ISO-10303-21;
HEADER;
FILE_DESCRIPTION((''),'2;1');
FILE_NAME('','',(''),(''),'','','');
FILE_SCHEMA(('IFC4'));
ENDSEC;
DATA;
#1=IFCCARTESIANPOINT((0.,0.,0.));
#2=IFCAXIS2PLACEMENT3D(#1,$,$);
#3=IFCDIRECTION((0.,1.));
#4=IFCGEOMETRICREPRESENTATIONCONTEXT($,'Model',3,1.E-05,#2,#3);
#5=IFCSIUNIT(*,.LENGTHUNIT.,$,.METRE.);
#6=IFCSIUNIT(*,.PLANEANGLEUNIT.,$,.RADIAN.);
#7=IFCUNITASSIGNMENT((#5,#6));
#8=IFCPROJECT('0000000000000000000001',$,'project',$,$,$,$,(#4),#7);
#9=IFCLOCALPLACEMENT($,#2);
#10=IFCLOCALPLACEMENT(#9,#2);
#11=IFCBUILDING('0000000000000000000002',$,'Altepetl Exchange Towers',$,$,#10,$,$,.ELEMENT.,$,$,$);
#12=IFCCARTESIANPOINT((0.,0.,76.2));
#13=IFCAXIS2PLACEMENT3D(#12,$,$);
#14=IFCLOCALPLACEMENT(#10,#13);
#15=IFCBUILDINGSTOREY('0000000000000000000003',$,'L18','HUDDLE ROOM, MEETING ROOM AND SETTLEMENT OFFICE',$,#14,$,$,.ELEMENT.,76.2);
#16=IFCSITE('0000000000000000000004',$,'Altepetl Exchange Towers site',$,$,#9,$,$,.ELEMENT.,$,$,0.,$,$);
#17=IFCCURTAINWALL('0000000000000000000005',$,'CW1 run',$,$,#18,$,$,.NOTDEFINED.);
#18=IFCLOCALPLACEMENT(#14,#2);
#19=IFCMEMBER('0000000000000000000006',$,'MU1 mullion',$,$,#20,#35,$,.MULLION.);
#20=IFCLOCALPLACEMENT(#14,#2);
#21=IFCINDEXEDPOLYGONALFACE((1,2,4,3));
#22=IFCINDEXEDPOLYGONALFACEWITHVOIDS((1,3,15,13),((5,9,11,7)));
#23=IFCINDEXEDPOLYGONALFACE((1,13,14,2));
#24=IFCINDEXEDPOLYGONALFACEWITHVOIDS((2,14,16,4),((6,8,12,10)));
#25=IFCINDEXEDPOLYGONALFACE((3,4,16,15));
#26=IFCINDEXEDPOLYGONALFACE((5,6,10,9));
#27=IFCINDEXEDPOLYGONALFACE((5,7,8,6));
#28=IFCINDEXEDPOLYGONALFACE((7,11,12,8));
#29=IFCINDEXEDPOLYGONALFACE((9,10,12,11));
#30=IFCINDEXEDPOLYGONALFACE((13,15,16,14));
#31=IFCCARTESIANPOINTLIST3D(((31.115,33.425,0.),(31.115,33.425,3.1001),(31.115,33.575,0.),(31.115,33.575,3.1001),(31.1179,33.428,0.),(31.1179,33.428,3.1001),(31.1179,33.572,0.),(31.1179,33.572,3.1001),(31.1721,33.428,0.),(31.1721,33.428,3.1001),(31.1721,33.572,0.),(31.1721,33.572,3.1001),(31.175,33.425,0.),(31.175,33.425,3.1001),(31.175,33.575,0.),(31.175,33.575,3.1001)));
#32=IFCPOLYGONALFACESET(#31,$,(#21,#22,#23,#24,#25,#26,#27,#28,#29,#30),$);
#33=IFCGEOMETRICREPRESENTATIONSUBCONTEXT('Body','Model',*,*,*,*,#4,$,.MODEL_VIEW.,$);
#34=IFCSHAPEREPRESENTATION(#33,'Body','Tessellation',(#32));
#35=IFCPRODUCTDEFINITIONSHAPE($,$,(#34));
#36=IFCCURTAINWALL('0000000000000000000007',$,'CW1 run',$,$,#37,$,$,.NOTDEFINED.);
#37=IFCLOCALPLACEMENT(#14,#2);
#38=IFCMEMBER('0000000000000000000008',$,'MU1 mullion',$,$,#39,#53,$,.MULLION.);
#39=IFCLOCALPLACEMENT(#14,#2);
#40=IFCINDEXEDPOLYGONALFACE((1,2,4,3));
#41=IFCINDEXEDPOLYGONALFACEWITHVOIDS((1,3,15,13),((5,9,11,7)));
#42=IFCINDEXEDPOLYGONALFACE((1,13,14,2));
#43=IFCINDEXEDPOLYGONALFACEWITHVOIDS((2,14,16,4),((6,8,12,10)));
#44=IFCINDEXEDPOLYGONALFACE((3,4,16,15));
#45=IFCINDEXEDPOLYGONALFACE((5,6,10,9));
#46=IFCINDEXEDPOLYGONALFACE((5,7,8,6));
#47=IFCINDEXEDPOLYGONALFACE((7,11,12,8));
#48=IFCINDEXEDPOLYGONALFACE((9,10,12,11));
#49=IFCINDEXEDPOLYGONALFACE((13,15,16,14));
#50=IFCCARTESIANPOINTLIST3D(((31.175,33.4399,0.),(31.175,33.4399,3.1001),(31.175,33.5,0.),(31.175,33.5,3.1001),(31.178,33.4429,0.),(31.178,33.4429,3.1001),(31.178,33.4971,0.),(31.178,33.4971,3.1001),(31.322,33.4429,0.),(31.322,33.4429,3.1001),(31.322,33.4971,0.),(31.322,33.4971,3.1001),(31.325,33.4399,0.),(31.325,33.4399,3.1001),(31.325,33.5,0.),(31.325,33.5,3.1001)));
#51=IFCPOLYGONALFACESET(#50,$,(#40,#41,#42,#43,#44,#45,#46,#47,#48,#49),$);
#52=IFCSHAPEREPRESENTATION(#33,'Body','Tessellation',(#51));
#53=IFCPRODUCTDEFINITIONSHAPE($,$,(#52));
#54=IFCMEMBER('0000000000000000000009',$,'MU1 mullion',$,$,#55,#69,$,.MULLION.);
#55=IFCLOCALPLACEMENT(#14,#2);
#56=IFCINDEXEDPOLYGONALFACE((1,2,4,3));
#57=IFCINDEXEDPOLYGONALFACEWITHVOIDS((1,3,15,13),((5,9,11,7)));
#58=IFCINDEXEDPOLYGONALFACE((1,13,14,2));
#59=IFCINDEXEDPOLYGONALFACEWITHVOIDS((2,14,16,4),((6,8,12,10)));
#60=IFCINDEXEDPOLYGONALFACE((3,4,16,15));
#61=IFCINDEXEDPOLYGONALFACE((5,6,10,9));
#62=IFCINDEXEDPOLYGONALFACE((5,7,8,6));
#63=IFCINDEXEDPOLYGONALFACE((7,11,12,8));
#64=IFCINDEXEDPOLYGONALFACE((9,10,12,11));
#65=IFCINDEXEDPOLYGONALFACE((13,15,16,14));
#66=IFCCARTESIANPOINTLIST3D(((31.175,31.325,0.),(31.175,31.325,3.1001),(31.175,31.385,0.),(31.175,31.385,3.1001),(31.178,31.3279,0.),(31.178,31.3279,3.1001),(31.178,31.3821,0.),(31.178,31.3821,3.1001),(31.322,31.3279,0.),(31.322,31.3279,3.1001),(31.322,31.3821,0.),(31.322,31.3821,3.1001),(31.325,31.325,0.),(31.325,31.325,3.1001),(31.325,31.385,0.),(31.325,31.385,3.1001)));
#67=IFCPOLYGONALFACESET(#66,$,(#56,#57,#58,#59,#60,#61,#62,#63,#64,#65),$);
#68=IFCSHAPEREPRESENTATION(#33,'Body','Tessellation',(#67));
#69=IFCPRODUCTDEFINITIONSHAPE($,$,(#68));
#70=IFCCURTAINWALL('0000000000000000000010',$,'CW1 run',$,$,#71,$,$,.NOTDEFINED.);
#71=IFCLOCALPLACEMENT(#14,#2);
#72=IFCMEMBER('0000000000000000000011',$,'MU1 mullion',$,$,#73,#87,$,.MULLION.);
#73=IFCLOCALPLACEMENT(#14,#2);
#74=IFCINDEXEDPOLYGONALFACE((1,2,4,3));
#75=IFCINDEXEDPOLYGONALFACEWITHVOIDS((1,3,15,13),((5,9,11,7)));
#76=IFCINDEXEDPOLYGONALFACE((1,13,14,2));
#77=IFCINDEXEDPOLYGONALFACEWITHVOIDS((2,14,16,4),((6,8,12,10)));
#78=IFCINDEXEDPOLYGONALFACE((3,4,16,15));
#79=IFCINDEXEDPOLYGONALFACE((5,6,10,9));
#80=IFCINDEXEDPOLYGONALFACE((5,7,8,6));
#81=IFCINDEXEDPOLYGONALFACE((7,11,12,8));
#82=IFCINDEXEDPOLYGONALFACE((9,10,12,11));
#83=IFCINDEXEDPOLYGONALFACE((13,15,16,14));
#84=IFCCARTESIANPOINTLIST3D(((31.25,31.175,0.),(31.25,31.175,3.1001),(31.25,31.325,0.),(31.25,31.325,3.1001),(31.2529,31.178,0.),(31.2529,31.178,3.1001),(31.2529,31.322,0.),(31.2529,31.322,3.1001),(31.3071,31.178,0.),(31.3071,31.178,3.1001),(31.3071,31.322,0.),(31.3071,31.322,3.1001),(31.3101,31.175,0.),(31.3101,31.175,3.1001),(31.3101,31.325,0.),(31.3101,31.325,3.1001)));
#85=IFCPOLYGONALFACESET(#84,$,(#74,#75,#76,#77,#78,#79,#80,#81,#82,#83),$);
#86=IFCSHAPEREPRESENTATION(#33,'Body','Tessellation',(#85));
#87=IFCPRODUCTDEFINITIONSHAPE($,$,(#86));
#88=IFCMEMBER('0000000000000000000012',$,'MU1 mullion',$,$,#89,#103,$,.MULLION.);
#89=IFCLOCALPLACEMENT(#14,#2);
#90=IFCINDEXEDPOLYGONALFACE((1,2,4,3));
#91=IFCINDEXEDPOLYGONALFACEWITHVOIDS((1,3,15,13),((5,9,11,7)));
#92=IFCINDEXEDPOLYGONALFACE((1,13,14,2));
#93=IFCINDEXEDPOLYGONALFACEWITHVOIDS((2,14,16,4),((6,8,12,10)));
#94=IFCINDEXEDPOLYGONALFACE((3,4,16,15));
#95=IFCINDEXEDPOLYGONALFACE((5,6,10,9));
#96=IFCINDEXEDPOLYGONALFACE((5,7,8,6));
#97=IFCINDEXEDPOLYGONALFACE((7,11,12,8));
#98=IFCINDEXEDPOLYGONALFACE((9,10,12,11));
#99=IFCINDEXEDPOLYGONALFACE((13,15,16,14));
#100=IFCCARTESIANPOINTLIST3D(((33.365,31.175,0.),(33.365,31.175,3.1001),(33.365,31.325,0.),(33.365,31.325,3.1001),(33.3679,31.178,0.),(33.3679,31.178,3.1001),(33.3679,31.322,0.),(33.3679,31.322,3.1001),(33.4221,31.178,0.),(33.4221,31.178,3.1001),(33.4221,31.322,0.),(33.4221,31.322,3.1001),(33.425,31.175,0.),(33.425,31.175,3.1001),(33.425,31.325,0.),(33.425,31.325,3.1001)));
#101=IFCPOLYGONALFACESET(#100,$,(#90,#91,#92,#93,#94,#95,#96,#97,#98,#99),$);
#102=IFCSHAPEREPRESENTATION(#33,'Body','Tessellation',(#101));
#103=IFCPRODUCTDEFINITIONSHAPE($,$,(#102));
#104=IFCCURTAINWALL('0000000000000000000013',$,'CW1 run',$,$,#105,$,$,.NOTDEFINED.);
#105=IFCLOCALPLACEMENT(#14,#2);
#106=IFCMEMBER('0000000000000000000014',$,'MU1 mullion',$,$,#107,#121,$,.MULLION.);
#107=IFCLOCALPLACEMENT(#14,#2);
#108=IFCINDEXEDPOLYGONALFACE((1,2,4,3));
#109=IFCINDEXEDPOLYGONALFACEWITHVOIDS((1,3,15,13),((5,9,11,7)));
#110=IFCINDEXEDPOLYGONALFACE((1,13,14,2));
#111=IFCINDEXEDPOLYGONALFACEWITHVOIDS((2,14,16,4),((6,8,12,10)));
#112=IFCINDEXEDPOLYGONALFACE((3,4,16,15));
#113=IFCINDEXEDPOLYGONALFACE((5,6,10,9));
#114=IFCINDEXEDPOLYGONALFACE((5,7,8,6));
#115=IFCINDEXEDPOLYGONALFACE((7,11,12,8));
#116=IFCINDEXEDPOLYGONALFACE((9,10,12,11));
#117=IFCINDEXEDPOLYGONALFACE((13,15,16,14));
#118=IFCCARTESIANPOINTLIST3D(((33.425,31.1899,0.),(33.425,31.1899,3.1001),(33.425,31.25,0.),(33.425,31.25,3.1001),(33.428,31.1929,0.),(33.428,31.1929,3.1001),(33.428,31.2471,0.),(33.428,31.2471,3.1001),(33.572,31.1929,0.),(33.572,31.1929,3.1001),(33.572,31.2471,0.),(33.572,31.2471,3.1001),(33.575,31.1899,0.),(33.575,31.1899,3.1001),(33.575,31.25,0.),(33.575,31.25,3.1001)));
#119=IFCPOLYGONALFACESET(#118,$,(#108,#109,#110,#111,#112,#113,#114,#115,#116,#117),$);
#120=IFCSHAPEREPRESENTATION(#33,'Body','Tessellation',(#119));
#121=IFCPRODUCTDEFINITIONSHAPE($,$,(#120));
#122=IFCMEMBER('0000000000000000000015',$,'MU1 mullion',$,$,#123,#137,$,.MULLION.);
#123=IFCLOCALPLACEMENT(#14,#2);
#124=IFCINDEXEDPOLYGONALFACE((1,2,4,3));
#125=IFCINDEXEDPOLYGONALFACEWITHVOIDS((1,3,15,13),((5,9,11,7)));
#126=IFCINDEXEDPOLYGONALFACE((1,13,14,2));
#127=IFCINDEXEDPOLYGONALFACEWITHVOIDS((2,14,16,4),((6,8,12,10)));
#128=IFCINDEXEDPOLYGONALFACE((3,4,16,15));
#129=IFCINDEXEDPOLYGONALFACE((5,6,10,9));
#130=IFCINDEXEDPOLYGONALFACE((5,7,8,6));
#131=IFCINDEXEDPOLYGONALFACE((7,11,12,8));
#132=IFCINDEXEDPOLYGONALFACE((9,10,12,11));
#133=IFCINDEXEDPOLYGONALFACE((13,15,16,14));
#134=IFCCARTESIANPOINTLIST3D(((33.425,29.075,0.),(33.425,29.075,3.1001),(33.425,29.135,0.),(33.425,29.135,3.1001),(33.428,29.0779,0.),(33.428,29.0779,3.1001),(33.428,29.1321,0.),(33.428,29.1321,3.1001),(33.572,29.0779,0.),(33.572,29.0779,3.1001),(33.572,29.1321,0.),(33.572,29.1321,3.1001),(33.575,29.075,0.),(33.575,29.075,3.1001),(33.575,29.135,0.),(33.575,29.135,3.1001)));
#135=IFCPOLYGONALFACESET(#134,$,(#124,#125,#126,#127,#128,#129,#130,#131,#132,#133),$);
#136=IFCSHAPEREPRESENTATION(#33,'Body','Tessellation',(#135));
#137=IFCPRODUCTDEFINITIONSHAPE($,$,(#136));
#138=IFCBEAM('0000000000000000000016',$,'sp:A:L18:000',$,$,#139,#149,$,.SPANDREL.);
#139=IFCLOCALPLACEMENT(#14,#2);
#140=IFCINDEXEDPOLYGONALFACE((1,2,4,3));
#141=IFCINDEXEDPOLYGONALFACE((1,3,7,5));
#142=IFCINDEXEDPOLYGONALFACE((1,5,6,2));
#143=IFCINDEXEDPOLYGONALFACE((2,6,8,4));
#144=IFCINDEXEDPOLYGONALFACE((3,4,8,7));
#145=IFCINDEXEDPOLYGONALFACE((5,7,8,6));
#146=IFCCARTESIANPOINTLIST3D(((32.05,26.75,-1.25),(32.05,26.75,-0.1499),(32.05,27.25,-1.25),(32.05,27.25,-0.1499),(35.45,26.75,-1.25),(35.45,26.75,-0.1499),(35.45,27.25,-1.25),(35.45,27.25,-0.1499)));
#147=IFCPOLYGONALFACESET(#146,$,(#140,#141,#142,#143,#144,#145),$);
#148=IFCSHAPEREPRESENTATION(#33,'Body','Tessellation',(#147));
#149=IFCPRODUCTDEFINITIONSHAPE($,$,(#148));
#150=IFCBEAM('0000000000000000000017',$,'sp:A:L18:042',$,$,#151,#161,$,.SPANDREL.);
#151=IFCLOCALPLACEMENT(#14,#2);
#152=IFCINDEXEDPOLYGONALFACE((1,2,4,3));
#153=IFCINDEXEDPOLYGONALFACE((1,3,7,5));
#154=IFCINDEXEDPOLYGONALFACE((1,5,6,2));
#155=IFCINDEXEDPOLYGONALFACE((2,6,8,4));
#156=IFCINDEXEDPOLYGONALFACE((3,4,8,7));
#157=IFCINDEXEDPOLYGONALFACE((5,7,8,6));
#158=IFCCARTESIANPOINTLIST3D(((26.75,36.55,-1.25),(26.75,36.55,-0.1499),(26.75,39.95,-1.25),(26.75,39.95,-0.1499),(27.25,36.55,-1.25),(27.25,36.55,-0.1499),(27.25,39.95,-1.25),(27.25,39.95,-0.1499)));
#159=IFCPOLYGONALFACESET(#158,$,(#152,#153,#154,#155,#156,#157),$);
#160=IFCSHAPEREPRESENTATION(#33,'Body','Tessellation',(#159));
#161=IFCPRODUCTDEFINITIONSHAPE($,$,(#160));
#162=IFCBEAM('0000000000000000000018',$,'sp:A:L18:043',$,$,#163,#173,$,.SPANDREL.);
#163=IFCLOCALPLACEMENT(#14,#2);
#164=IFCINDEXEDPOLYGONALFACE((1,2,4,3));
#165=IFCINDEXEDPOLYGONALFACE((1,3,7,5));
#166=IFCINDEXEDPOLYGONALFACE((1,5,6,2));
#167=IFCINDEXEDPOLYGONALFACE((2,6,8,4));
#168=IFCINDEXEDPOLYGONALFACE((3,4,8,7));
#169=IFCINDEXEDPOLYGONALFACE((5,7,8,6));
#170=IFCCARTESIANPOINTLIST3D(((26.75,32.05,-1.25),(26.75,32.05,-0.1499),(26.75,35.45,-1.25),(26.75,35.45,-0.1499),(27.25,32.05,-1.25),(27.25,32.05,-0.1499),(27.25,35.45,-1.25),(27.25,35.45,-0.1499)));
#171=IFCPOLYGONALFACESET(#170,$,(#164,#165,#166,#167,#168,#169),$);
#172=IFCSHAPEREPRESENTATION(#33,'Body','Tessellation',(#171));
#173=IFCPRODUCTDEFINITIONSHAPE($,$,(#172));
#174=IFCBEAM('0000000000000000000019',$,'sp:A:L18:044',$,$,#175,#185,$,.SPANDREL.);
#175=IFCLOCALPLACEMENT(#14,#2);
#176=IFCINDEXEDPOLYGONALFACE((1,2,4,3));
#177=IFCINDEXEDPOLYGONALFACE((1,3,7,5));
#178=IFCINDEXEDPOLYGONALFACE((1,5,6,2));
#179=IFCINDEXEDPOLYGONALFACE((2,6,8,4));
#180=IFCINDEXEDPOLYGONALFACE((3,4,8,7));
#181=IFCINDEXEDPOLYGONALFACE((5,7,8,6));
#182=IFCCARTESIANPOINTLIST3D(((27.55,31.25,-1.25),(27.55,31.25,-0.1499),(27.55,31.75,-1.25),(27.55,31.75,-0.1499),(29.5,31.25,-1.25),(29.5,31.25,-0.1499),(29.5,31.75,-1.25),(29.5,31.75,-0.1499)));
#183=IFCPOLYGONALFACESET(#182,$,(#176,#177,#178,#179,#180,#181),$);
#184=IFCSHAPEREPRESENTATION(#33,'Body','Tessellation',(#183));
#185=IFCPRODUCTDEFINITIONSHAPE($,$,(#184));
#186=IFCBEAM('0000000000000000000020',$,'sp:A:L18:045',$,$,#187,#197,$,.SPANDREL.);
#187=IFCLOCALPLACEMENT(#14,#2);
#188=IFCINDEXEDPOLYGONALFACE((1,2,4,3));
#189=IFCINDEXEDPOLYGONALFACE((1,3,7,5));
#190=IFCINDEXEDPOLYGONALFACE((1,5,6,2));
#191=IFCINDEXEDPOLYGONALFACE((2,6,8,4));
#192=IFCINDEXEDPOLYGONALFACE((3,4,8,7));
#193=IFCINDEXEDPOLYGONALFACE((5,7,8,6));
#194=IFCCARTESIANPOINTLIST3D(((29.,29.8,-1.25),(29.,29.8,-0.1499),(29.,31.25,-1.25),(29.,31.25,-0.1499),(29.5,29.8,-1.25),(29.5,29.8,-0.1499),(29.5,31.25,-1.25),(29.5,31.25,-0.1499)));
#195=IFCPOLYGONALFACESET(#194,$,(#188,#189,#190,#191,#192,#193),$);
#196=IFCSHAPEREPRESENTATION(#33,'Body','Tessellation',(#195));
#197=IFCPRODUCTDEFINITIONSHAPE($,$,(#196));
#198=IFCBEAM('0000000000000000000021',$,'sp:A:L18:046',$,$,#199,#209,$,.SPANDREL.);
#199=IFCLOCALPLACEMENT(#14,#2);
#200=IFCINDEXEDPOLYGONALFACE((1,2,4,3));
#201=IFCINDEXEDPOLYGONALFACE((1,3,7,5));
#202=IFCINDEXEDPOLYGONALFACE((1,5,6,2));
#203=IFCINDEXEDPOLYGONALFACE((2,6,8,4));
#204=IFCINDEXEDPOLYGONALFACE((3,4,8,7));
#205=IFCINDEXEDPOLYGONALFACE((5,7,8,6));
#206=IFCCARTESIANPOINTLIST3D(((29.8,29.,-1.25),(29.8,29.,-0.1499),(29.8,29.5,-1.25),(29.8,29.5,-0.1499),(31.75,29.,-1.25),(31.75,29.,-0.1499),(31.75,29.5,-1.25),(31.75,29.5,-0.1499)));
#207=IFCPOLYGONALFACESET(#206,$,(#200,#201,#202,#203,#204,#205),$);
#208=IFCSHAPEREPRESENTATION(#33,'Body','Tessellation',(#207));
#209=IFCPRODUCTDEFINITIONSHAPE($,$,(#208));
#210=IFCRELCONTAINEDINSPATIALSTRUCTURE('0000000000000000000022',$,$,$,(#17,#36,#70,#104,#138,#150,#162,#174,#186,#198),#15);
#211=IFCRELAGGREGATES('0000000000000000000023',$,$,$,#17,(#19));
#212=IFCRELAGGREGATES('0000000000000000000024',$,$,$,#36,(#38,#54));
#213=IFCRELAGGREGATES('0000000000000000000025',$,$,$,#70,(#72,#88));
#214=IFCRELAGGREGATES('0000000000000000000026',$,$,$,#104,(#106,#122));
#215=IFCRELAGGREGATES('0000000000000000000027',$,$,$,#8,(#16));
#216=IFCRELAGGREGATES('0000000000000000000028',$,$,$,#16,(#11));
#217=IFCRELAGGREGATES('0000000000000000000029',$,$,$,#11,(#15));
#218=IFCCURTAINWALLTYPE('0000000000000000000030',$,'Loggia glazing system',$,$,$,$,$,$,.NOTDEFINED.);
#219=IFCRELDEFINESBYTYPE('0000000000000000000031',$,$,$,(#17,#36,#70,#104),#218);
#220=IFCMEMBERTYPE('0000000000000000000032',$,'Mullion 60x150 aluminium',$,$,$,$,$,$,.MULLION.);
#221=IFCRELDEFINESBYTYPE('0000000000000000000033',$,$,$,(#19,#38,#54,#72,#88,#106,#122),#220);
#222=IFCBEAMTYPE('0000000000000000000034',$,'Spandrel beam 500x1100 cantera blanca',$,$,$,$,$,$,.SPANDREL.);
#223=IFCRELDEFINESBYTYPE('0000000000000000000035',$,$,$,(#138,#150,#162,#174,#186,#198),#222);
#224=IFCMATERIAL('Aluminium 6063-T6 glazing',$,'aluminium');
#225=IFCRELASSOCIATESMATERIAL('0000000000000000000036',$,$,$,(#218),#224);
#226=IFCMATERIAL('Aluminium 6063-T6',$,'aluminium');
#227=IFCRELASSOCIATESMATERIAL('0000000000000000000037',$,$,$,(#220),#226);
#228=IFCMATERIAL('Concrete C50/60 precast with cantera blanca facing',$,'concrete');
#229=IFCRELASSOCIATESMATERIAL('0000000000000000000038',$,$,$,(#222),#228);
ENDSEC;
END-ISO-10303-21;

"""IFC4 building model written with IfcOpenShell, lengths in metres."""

from ifc_helpers import new_model, si_unit, direction, frame, origin, origin_2d, place, context, subcontext, project, spatial, rectangle, hollow_rectangle, extrude, material, material_profile, profile_set, type_object, element, aggregate, save


model = new_model("IFC4")

# Units and contexts
model_context = context("Model", 3, precision=1e-05, world=origin(), true_north=direction((0.0, 1.0)))
body_context = subcontext(model_context, "Body", "Model", "MODEL_VIEW")
ifc_project = project(units=[si_unit("LENGTHUNIT", "METRE"), si_unit("PLANEANGLEUNIT", "RADIAN")], contexts=[model_context])

# Site, building, storey
site_placement = place(None, origin())
site = spatial("IfcSite", under=ifc_project, at=site_placement, Name="Altepetl Exchange Towers site", CompositionType="ELEMENT", RefElevation=0.0)
building_placement = place(site_placement, origin())
building = spatial("IfcBuilding", under=site, at=building_placement, Name="Altepetl Exchange Towers", CompositionType="ELEMENT")
storey_placement = place(building_placement, frame((0.0, 0.0, 76.2)))
storey = spatial("IfcBuildingStorey", under=building, at=storey_placement, Name="L18", Description="HUDDLE ROOM, MEETING ROOM AND SETTLEMENT OFFICE", CompositionType="ELEMENT", Elevation=76.2)

# Curtain walls, members
ifc_material_1 = material(Name="Aluminium 6063-T6 glazing", Category="aluminium")
curtain_wall_type = type_object("IfcCurtainWallType", Name="Loggia glazing system", PredefinedType="NOTDEFINED", material=ifc_material_1)
ifc_material_2 = material(Name="Aluminium 6063-T6", Category="aluminium")
ifc_material_profile_1 = material_profile(ifc_material_2, hollow_rectangle(XDim=0.0601, YDim=0.1499, WallThickness=0.0029, at=origin_2d()), Name="Mullion 60x150 aluminium")
ifc_profile_set_1 = profile_set([ifc_material_profile_1], Name="Aluminium 6063-T6")
member_type = type_object("IfcMemberType", Name="Mullion 60x150 aluminium", PredefinedType="MULLION", material=ifc_profile_set_1)
curtain_wall_1_placement = place(storey_placement, origin())
curtain_wall_1 = element("IfcCurtainWall", 1, at=curtain_wall_1_placement, inside=storey, type_object=curtain_wall_type, Name="CW1 run", PredefinedType="NOTDEFINED")
member_1_placement = place(storey_placement, frame((31.145, 33.5, 0.0)))
member_1 = element("IfcMember", 2, at=member_1_placement, type_object=member_type, Name="MU1 mullion", PredefinedType="MULLION", context=body_context, shape_type="SweptSolid", body=[
    extrude(hollow_rectangle(XDim=0.0601, YDim=0.1499, WallThickness=0.0029, at=origin_2d()), origin(), (0.0, 0.0, 1.0), 3.1001),
])
curtain_wall_2_placement = place(storey_placement, origin())
curtain_wall_2 = element("IfcCurtainWall", 3, at=curtain_wall_2_placement, inside=storey, type_object=curtain_wall_type, Name="CW1 run", PredefinedType="NOTDEFINED")
member_2_placement = place(storey_placement, frame((31.25, 33.47, 0.0), z_axis=(0.0, 0.0, 1.0), x_axis=(0.0, -1.0, 0.0)))
member_2 = element("IfcMember", 4, at=member_2_placement, type_object=member_type, Name="MU1 mullion", PredefinedType="MULLION", context=body_context, shape_type="SweptSolid", body=[
    extrude(hollow_rectangle(XDim=0.0601, YDim=0.1499, WallThickness=0.0029, at=origin_2d()), origin(), (0.0, 0.0, 1.0), 3.1001),
])
member_3_placement = place(storey_placement, frame((31.25, 31.355, 0.0), z_axis=(0.0, 0.0, 1.0), x_axis=(0.0, -1.0, 0.0)))
member_3 = element("IfcMember", 5, at=member_3_placement, type_object=member_type, Name="MU1 mullion", PredefinedType="MULLION", context=body_context, shape_type="SweptSolid", body=[
    extrude(hollow_rectangle(XDim=0.0601, YDim=0.1499, WallThickness=0.0029, at=origin_2d()), origin(), (0.0, 0.0, 1.0), 3.1001),
])
curtain_wall_3_placement = place(storey_placement, origin())
curtain_wall_3 = element("IfcCurtainWall", 6, at=curtain_wall_3_placement, inside=storey, type_object=curtain_wall_type, Name="CW1 run", PredefinedType="NOTDEFINED")
member_4_placement = place(storey_placement, frame((31.28, 31.25, 0.0)))
member_4 = element("IfcMember", 7, at=member_4_placement, type_object=member_type, Name="MU1 mullion", PredefinedType="MULLION", context=body_context, shape_type="SweptSolid", body=[
    extrude(hollow_rectangle(XDim=0.0601, YDim=0.1499, WallThickness=0.0029, at=origin_2d()), origin(), (0.0, 0.0, 1.0), 3.1001),
])
member_5_placement = place(storey_placement, frame((33.395, 31.25, 0.0)))
member_5 = element("IfcMember", 8, at=member_5_placement, type_object=member_type, Name="MU1 mullion", PredefinedType="MULLION", context=body_context, shape_type="SweptSolid", body=[
    extrude(hollow_rectangle(XDim=0.0601, YDim=0.1499, WallThickness=0.0029, at=origin_2d()), origin(), (0.0, 0.0, 1.0), 3.1001),
])
curtain_wall_4_placement = place(storey_placement, origin())
curtain_wall_4 = element("IfcCurtainWall", 9, at=curtain_wall_4_placement, inside=storey, type_object=curtain_wall_type, Name="CW1 run", PredefinedType="NOTDEFINED")
member_6_placement = place(storey_placement, frame((33.5, 31.22, 0.0), z_axis=(0.0, 0.0, 1.0), x_axis=(0.0, -1.0, 0.0)))
member_6 = element("IfcMember", 10, at=member_6_placement, type_object=member_type, Name="MU1 mullion", PredefinedType="MULLION", context=body_context, shape_type="SweptSolid", body=[
    extrude(hollow_rectangle(XDim=0.0601, YDim=0.1499, WallThickness=0.0029, at=origin_2d()), origin(), (0.0, 0.0, 1.0), 3.1001),
])
member_7_placement = place(storey_placement, frame((33.5, 29.105, 0.0), z_axis=(0.0, 0.0, 1.0), x_axis=(0.0, -1.0, 0.0)))
member_7 = element("IfcMember", 11, at=member_7_placement, type_object=member_type, Name="MU1 mullion", PredefinedType="MULLION", context=body_context, shape_type="SweptSolid", body=[
    extrude(hollow_rectangle(XDim=0.0601, YDim=0.1499, WallThickness=0.0029, at=origin_2d()), origin(), (0.0, 0.0, 1.0), 3.1001),
])

# Beams
ifc_material_3 = material(Name="Concrete C50/60 precast with cantera blanca facing", Category="concrete")
ifc_material_profile_2 = material_profile(ifc_material_3, rectangle(XDim=0.5, YDim=1.1001, at=origin_2d()), Name="500 x 1100")
ifc_profile_set_2 = profile_set([ifc_material_profile_2], Name="Concrete C50/60 precast with cantera blanca facing")
beam_type_1 = type_object("IfcBeamType", Name="Spandrel beam 500x1100 cantera blanca", PredefinedType="SPANDREL", material=ifc_profile_set_2)
for number, where, z_axis, x_axis, name in (
    (12, (32.05, 27.0, -0.7), (1.0, 0.0, 0.0), (0.0, 1.0, 0.0), "sp:A:L18:000"),
    (13, (27.0, 39.95, -0.7), (0.0, -1.0, 0.0), (1.0, 0.0, 0.0), "sp:A:L18:042"),
    (14, (27.0, 35.45, -0.7), (0.0, -1.0, 0.0), (1.0, 0.0, 0.0), "sp:A:L18:043"),
):
    element("IfcBeam", number, at=place(storey_placement, frame(where, z_axis=z_axis, x_axis=x_axis)), inside=storey, type_object=beam_type_1, Name=name, PredefinedType="SPANDREL", context=body_context, shape_type="SweptSolid", body=[
        extrude(rectangle(XDim=0.5, YDim=1.1001, at=origin_2d()), origin(), (0.0, 0.0, 1.0), 3.3999),
    ])
beam_1_placement = place(storey_placement, frame((27.55, 31.5, -0.7), z_axis=(1.0, 0.0, 0.0), x_axis=(0.0, 1.0, 0.0)))
element("IfcBeam", 15, at=beam_1_placement, inside=storey, type_object=beam_type_1, Name="sp:A:L18:044", PredefinedType="SPANDREL", context=body_context, shape_type="SweptSolid", body=[
    extrude(rectangle(XDim=0.5, YDim=1.1001, at=origin_2d()), origin(), (0.0, 0.0, 1.0), 1.95),
])
beam_2_placement = place(storey_placement, frame((29.25, 31.25, -0.7), z_axis=(0.0, -1.0, 0.0), x_axis=(1.0, 0.0, 0.0)))
element("IfcBeam", 16, at=beam_2_placement, inside=storey, type_object=beam_type_1, Name="sp:A:L18:045", PredefinedType="SPANDREL", context=body_context, shape_type="SweptSolid", body=[
    extrude(rectangle(XDim=0.5, YDim=1.1001, at=origin_2d()), origin(), (0.0, 0.0, 1.0), 1.45),
])
beam_3_placement = place(storey_placement, frame((29.8, 29.25, -0.7), z_axis=(1.0, 0.0, 0.0), x_axis=(0.0, 1.0, 0.0)))
element("IfcBeam", 17, at=beam_3_placement, inside=storey, type_object=beam_type_1, Name="sp:A:L18:046", PredefinedType="SPANDREL", context=body_context, shape_type="SweptSolid", body=[
    extrude(rectangle(XDim=0.5, YDim=1.1001, at=origin_2d()), origin(), (0.0, 0.0, 1.0), 1.95),
])

aggregate(curtain_wall_1, [member_1])
aggregate(curtain_wall_2, [member_2, member_3])
aggregate(curtain_wall_3, [member_4, member_5])
aggregate(curtain_wall_4, [member_6, member_7])

save(model, "model.ifc")
